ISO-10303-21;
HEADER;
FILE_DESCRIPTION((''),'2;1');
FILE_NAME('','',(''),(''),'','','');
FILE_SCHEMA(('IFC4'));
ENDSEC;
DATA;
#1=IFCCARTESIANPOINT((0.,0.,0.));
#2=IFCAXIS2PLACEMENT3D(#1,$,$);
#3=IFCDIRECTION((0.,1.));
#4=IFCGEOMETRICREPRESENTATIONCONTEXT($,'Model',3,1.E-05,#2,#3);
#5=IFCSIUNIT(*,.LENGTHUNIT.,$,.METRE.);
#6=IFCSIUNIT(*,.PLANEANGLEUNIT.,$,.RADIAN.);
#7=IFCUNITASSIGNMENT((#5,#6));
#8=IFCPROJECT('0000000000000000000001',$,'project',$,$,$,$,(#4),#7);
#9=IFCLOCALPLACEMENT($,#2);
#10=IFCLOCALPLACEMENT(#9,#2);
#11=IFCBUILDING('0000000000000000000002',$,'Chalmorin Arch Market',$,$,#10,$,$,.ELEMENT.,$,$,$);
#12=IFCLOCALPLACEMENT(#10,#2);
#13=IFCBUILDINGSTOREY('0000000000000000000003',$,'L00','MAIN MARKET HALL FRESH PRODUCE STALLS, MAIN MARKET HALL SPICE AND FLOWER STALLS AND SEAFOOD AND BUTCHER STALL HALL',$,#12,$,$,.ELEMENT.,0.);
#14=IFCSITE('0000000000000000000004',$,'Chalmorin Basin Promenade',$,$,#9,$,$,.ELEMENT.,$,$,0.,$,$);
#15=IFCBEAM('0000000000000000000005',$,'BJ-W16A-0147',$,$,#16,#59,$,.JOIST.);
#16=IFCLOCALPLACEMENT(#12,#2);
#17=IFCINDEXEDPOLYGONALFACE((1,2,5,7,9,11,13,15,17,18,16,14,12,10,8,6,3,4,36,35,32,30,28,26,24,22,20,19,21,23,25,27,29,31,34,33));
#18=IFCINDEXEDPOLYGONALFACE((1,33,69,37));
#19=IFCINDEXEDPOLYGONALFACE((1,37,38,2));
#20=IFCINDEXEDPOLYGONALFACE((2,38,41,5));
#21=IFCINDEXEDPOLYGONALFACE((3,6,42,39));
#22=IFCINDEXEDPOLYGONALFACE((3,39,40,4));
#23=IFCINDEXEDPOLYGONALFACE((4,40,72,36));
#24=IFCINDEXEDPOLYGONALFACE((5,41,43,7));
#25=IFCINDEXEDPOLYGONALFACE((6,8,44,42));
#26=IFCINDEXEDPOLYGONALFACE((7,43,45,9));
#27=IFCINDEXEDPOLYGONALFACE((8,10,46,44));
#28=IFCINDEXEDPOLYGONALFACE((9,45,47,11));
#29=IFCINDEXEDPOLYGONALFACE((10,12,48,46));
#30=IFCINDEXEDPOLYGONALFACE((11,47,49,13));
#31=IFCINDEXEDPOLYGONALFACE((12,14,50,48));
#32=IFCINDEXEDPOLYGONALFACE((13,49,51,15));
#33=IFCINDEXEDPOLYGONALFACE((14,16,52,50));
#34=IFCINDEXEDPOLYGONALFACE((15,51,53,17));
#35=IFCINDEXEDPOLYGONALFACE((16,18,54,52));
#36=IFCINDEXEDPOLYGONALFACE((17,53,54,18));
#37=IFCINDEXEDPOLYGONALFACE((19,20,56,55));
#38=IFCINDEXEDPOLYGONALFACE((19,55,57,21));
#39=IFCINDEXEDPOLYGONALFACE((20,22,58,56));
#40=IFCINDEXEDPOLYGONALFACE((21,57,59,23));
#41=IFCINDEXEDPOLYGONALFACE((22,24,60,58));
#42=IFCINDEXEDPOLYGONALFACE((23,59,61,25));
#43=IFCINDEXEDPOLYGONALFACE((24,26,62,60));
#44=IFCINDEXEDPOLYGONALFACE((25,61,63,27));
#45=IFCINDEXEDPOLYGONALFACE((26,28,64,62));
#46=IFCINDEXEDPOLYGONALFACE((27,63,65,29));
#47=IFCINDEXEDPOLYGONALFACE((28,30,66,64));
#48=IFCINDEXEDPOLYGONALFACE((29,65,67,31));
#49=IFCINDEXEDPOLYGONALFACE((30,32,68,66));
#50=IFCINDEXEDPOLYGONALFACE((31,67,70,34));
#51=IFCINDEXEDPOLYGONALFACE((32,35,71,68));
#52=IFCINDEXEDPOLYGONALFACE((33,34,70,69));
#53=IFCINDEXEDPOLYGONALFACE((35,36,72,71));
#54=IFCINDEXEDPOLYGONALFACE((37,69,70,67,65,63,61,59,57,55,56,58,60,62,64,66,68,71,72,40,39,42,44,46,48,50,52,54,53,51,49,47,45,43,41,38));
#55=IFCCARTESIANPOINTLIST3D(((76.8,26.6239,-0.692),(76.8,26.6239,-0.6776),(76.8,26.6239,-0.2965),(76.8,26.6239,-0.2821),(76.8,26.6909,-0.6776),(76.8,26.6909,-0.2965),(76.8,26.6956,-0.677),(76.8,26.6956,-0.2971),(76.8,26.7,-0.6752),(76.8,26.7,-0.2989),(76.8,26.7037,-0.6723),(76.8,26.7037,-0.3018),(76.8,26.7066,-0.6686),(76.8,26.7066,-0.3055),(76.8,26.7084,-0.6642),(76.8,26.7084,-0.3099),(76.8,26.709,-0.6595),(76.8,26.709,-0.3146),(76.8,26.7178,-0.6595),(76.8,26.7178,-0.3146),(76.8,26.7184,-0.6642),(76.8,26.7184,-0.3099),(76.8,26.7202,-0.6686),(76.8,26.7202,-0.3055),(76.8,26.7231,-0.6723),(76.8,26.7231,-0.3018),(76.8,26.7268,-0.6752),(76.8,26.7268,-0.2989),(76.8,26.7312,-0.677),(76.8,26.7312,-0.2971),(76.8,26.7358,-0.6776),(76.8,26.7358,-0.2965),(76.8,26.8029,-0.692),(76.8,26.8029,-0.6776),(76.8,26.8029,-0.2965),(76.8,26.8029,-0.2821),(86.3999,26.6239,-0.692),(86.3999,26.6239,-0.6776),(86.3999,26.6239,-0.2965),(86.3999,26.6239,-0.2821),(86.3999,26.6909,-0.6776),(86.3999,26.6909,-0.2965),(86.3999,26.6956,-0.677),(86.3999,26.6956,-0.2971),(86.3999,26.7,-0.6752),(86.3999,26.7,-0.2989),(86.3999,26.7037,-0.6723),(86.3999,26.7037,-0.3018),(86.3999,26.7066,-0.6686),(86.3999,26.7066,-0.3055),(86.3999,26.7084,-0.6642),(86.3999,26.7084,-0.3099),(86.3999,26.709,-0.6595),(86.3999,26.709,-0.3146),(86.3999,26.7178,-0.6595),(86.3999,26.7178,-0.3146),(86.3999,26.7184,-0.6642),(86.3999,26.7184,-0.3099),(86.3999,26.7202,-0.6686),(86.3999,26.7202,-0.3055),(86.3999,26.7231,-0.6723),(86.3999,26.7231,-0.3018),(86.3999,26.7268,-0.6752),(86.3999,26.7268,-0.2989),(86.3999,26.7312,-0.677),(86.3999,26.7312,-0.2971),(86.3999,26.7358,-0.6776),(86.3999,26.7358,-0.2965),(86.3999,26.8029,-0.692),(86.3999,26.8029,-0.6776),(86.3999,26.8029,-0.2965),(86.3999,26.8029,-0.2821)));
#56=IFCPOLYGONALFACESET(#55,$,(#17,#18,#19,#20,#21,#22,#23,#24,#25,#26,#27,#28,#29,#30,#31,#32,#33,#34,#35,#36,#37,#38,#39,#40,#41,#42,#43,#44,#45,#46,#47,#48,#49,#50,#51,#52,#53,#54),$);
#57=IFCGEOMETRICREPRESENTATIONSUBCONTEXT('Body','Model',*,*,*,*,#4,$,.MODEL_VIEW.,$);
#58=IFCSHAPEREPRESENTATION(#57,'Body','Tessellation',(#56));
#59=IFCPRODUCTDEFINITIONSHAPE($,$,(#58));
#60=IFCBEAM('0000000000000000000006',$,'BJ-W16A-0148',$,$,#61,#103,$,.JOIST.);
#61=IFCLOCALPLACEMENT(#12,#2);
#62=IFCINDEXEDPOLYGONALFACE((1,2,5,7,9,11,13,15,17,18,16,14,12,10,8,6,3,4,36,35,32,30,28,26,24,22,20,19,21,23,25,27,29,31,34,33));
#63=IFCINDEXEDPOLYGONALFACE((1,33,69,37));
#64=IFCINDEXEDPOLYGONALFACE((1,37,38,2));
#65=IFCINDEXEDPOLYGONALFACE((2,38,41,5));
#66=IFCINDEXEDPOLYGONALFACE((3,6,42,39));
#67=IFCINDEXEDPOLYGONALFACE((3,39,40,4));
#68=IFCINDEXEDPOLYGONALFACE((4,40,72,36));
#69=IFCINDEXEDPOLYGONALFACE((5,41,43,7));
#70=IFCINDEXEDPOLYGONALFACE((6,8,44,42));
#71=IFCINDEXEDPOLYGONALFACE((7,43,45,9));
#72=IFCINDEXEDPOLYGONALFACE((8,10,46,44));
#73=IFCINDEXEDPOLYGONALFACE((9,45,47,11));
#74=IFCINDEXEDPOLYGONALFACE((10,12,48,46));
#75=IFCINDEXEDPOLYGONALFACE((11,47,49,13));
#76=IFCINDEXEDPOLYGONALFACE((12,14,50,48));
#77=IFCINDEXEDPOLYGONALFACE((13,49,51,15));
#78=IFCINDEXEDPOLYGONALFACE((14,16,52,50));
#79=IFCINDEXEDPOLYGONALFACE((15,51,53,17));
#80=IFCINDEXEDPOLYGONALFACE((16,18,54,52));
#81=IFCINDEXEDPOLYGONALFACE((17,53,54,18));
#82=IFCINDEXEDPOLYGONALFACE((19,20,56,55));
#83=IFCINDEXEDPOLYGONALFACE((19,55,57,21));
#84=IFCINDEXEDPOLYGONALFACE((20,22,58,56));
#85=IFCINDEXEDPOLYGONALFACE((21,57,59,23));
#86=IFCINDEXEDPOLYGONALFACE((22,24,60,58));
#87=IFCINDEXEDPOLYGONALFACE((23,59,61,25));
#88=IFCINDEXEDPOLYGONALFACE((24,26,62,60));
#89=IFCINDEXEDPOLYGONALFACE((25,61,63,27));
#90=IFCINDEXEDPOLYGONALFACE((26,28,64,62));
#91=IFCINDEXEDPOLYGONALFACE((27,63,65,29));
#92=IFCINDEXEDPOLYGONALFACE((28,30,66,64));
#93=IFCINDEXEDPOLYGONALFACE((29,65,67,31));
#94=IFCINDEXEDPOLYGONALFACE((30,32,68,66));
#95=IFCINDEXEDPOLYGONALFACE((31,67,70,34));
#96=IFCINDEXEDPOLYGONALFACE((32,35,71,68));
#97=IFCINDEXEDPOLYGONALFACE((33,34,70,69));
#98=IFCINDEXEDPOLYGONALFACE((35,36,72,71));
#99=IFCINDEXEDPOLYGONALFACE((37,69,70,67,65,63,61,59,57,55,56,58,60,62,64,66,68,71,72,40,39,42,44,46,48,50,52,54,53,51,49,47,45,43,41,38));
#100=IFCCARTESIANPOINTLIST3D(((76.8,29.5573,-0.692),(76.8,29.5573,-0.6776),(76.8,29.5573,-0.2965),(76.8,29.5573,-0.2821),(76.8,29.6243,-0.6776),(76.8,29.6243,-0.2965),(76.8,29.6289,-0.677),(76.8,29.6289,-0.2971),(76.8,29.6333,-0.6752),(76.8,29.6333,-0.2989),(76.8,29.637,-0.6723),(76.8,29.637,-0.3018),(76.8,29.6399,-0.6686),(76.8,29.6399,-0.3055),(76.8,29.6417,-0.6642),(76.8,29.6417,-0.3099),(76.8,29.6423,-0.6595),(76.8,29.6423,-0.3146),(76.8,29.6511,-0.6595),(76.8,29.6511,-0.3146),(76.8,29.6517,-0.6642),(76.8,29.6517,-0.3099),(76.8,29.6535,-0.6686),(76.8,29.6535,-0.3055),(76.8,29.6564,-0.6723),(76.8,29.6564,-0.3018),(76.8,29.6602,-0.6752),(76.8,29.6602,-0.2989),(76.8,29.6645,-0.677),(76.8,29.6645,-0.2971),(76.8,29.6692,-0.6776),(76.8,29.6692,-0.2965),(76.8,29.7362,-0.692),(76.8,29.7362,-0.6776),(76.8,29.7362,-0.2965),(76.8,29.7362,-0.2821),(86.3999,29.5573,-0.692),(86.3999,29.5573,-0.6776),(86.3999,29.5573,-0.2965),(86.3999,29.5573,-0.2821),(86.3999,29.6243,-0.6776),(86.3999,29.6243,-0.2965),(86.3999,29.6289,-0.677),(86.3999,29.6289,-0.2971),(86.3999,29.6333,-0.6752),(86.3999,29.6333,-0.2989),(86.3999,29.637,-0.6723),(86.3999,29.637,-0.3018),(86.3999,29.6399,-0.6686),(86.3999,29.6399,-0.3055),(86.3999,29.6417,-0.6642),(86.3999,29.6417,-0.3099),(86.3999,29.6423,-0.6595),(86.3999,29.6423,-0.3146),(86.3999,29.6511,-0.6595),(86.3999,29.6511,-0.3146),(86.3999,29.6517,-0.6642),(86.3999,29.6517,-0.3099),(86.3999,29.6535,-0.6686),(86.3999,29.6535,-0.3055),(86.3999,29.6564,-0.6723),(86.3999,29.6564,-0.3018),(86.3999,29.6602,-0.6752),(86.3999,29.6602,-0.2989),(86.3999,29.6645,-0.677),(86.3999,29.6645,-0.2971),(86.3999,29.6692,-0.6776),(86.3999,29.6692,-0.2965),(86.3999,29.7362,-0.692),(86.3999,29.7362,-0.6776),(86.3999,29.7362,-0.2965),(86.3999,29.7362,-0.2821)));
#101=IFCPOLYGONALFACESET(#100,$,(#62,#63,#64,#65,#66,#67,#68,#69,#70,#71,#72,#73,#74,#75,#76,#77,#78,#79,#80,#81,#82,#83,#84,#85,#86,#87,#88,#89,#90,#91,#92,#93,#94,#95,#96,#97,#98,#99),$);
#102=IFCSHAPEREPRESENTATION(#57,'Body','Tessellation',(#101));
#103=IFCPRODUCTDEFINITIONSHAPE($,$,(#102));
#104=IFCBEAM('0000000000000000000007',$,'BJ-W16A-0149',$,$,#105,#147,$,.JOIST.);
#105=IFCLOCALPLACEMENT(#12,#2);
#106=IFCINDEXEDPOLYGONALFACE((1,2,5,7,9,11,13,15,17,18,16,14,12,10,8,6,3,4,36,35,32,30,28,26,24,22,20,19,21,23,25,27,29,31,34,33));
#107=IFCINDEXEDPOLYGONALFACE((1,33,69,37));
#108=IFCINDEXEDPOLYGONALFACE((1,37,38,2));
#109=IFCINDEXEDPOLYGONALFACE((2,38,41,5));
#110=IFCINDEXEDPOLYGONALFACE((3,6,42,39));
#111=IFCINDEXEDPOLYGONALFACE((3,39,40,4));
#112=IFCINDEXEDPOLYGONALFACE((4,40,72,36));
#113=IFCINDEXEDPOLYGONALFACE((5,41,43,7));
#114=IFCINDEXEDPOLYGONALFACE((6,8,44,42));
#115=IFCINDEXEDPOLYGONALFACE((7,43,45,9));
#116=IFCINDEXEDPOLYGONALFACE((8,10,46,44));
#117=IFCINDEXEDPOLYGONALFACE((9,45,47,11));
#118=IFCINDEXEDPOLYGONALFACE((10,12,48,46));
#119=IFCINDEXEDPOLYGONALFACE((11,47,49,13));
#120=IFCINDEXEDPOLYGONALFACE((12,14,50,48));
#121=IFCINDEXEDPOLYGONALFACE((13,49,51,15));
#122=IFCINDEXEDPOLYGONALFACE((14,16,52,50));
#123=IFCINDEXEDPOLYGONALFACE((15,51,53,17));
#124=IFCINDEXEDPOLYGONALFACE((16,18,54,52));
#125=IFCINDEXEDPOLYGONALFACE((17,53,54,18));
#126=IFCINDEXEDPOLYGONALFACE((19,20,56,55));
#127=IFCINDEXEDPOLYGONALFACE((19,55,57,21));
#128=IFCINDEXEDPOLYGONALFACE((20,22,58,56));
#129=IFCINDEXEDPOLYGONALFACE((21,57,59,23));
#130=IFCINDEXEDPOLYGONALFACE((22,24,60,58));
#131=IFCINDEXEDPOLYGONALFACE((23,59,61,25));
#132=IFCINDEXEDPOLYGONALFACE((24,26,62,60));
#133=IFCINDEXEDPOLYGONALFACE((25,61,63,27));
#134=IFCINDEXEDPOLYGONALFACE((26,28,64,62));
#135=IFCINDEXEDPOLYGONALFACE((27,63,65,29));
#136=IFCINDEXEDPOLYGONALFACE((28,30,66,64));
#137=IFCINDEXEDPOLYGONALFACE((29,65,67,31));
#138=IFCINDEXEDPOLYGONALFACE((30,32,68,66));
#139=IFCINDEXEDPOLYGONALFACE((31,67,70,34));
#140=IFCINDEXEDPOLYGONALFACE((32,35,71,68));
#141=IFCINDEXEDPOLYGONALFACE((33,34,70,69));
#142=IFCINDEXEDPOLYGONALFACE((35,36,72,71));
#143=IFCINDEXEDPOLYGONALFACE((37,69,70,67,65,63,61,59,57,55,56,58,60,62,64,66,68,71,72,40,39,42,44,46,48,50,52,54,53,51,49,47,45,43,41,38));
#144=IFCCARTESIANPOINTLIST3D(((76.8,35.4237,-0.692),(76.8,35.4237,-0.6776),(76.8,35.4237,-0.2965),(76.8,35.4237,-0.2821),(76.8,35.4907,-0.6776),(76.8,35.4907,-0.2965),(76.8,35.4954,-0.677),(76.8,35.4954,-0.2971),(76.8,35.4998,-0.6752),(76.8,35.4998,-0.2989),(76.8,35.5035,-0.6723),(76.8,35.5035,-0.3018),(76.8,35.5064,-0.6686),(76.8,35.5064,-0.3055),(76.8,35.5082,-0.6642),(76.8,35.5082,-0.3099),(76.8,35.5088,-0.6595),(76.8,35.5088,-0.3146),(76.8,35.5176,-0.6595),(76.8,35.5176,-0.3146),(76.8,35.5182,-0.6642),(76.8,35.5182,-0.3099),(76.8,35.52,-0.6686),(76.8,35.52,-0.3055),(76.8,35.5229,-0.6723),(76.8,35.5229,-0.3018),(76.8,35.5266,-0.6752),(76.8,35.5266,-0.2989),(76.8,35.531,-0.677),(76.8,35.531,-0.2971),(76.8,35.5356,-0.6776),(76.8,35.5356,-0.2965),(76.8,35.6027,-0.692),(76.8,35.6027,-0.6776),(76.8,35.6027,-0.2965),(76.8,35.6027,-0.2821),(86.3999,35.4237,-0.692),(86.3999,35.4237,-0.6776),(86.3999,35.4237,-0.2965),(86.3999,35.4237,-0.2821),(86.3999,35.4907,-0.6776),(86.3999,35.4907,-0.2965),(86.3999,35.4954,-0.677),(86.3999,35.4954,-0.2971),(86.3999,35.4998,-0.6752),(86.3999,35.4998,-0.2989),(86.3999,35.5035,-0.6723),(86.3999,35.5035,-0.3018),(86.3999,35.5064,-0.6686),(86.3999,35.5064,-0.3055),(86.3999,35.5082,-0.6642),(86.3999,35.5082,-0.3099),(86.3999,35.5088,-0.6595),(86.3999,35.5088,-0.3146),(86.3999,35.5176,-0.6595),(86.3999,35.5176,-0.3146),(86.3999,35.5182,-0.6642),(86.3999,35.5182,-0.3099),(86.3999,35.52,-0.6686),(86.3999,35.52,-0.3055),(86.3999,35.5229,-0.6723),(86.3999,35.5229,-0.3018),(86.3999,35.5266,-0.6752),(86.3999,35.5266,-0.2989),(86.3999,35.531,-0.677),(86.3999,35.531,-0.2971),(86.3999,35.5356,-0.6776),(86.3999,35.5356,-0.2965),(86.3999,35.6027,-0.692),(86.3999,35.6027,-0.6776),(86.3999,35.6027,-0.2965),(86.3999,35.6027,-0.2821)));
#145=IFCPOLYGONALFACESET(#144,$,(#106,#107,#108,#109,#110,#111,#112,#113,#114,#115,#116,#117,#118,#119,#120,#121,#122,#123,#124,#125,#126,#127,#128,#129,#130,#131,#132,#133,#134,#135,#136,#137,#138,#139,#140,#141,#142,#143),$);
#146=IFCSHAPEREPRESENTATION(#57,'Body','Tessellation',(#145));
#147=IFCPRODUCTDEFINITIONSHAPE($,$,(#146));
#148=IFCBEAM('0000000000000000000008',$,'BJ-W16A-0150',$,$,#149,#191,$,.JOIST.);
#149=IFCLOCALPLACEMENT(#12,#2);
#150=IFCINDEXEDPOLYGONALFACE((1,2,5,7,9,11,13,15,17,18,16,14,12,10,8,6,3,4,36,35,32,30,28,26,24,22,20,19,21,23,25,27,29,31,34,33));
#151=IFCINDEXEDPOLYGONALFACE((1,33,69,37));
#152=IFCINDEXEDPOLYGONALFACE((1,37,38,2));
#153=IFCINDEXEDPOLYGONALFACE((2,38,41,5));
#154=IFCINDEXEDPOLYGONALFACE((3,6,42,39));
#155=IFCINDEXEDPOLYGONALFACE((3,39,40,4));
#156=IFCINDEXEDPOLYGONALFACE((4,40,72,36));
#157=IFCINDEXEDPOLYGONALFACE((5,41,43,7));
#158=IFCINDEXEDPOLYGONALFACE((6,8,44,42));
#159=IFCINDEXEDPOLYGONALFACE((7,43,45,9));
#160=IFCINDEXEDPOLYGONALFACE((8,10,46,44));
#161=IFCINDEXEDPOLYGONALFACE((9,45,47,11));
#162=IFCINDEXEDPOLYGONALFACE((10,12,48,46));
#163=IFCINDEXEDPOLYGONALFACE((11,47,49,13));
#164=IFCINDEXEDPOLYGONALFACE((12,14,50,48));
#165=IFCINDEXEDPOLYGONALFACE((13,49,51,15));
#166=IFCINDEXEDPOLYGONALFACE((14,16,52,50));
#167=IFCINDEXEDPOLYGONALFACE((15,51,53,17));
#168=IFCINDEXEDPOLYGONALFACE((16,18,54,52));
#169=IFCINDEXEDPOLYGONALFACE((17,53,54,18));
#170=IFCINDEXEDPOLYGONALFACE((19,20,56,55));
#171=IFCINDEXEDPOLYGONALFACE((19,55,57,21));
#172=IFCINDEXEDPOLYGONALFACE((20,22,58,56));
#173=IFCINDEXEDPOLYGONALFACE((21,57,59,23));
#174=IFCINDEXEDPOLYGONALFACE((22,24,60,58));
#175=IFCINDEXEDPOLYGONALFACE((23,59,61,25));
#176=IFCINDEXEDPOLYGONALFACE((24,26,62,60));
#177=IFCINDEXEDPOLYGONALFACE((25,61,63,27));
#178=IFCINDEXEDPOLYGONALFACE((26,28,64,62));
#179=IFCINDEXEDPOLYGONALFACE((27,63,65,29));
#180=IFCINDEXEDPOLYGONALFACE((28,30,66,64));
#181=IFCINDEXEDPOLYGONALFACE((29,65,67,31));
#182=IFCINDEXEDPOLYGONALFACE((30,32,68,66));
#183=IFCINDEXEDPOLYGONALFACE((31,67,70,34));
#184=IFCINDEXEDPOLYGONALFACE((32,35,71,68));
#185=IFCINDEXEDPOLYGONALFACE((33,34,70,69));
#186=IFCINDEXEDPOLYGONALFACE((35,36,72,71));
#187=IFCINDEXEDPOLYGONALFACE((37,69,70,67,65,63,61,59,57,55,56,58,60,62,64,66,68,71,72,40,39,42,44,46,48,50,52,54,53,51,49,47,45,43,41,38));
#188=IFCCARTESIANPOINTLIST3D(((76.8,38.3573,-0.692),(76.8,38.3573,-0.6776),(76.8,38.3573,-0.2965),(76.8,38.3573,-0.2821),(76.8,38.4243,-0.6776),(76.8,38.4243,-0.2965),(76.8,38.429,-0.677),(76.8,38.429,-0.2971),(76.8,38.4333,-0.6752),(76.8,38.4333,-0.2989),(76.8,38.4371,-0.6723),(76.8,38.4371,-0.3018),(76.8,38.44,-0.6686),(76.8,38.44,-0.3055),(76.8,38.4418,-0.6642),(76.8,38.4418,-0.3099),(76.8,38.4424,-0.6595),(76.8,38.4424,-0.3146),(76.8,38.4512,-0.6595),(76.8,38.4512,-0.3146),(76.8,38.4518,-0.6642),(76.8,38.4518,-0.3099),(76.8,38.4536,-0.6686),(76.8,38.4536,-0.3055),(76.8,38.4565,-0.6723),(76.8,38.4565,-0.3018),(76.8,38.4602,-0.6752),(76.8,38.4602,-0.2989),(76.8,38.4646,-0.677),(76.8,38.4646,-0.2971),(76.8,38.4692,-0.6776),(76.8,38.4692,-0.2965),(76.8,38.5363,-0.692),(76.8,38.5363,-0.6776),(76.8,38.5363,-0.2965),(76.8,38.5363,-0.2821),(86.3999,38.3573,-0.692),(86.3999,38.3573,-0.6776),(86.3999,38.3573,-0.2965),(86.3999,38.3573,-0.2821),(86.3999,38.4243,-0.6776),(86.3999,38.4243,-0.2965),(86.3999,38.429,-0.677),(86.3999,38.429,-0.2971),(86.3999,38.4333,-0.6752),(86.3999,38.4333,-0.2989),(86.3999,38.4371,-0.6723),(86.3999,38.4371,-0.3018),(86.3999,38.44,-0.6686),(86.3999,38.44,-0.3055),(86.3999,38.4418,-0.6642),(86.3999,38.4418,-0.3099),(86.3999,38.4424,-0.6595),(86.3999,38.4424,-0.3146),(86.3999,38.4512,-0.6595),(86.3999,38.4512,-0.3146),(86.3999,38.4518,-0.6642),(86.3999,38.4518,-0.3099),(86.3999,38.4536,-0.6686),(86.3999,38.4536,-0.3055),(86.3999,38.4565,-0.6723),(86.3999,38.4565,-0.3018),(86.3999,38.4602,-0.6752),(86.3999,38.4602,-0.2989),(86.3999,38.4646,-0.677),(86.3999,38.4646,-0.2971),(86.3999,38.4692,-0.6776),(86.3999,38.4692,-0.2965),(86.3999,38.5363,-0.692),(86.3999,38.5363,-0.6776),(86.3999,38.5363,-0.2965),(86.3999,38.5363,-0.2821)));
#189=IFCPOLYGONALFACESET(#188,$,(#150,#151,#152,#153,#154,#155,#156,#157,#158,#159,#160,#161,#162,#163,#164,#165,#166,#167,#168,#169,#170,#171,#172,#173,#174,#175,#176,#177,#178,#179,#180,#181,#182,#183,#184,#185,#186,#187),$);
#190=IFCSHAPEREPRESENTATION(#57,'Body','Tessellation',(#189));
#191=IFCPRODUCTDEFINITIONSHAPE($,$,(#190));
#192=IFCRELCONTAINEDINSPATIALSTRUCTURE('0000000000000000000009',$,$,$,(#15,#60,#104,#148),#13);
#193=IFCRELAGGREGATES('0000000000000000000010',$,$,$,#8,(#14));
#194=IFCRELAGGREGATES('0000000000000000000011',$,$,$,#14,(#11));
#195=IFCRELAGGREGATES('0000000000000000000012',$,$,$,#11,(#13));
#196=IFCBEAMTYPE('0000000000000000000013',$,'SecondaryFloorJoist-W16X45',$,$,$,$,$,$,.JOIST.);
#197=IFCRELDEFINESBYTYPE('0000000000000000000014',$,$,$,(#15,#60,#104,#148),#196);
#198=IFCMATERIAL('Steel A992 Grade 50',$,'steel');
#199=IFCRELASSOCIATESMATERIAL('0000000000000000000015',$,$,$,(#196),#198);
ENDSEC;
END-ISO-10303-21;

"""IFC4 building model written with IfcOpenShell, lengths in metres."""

from ifc_helpers import new_model, si_unit, direction, frame, origin, origin_2d, place, context, subcontext, project, spatial, i_section, extrude, material, material_profile, profile_set, type_object, element, save


model = new_model("IFC4")

# Units and contexts
model_context = context("Model", 3, precision=1e-05, world=origin(), true_north=direction((0.0, 1.0)))
body_context = subcontext(model_context, "Body", "Model", "MODEL_VIEW")
ifc_project = project(units=[si_unit("LENGTHUNIT", "METRE"), si_unit("PLANEANGLEUNIT", "RADIAN")], contexts=[model_context])

# Site, building, storey
site_placement = place(None, origin())
site = spatial("IfcSite", under=ifc_project, at=site_placement, Name="Chalmorin Basin Promenade", CompositionType="ELEMENT", RefElevation=0.0)
building_placement = place(site_placement, origin())
building = spatial("IfcBuilding", under=site, at=building_placement, Name="Chalmorin Arch Market", CompositionType="ELEMENT")
storey_placement = place(building_placement, origin())
storey = spatial("IfcBuildingStorey", under=building, at=storey_placement, Name="L00", Description="MAIN MARKET HALL FRESH PRODUCE STALLS, MAIN MARKET HALL SPICE AND FLOWER STALLS AND SEAFOOD AND BUTCHER STALL HALL", CompositionType="ELEMENT", Elevation=0.0)

# Beams
ifc_material_1 = material(Name="Steel A992 Grade 50", Category="steel")
ifc_material_profile_1 = material_profile(ifc_material_1, i_section(OverallWidth=0.179, OverallDepth=0.4099, WebThickness=0.0088, FlangeThickness=0.0144, FilletRadius=0.0181, at=origin_2d()), Name="W16X45")
ifc_profile_set_1 = profile_set([ifc_material_profile_1], Name="Steel A992 Grade 50")
beam_type_1 = type_object("IfcBeamType", Name="SecondaryFloorJoist-W16X45", PredefinedType="JOIST", material=ifc_profile_set_1)
for number, where, z_axis, x_axis, name in (
    (1, (76.8, 26.7134, -0.4871), (1.0, 0.0, 0.0), (0.0, 1.0, 0.0), "BJ-W16A-0147"),
    (2, (76.8, 29.6467, -0.4871), (1.0, 0.0, 0.0), (0.0, 1.0, 0.0), "BJ-W16A-0148"),
    (3, (76.8, 35.5132, -0.4871), (1.0, 0.0, 0.0), (0.0, 1.0, 0.0), "BJ-W16A-0149"),
    (4, (76.8, 38.4468, -0.4871), (1.0, 0.0, 0.0), (0.0, 1.0, 0.0), "BJ-W16A-0150"),
):
    element("IfcBeam", number, at=place(storey_placement, frame(where, z_axis=z_axis, x_axis=x_axis)), inside=storey, type_object=beam_type_1, Name=name, PredefinedType="JOIST", context=body_context, shape_type="SweptSolid", body=[
        extrude(i_section(OverallWidth=0.179, OverallDepth=0.4099, WebThickness=0.0088, FlangeThickness=0.0144, FilletRadius=0.0181, at=origin_2d()), origin(), (0.0, 0.0, 1.0), 9.5999),
    ])

save(model, "model.ifc")
